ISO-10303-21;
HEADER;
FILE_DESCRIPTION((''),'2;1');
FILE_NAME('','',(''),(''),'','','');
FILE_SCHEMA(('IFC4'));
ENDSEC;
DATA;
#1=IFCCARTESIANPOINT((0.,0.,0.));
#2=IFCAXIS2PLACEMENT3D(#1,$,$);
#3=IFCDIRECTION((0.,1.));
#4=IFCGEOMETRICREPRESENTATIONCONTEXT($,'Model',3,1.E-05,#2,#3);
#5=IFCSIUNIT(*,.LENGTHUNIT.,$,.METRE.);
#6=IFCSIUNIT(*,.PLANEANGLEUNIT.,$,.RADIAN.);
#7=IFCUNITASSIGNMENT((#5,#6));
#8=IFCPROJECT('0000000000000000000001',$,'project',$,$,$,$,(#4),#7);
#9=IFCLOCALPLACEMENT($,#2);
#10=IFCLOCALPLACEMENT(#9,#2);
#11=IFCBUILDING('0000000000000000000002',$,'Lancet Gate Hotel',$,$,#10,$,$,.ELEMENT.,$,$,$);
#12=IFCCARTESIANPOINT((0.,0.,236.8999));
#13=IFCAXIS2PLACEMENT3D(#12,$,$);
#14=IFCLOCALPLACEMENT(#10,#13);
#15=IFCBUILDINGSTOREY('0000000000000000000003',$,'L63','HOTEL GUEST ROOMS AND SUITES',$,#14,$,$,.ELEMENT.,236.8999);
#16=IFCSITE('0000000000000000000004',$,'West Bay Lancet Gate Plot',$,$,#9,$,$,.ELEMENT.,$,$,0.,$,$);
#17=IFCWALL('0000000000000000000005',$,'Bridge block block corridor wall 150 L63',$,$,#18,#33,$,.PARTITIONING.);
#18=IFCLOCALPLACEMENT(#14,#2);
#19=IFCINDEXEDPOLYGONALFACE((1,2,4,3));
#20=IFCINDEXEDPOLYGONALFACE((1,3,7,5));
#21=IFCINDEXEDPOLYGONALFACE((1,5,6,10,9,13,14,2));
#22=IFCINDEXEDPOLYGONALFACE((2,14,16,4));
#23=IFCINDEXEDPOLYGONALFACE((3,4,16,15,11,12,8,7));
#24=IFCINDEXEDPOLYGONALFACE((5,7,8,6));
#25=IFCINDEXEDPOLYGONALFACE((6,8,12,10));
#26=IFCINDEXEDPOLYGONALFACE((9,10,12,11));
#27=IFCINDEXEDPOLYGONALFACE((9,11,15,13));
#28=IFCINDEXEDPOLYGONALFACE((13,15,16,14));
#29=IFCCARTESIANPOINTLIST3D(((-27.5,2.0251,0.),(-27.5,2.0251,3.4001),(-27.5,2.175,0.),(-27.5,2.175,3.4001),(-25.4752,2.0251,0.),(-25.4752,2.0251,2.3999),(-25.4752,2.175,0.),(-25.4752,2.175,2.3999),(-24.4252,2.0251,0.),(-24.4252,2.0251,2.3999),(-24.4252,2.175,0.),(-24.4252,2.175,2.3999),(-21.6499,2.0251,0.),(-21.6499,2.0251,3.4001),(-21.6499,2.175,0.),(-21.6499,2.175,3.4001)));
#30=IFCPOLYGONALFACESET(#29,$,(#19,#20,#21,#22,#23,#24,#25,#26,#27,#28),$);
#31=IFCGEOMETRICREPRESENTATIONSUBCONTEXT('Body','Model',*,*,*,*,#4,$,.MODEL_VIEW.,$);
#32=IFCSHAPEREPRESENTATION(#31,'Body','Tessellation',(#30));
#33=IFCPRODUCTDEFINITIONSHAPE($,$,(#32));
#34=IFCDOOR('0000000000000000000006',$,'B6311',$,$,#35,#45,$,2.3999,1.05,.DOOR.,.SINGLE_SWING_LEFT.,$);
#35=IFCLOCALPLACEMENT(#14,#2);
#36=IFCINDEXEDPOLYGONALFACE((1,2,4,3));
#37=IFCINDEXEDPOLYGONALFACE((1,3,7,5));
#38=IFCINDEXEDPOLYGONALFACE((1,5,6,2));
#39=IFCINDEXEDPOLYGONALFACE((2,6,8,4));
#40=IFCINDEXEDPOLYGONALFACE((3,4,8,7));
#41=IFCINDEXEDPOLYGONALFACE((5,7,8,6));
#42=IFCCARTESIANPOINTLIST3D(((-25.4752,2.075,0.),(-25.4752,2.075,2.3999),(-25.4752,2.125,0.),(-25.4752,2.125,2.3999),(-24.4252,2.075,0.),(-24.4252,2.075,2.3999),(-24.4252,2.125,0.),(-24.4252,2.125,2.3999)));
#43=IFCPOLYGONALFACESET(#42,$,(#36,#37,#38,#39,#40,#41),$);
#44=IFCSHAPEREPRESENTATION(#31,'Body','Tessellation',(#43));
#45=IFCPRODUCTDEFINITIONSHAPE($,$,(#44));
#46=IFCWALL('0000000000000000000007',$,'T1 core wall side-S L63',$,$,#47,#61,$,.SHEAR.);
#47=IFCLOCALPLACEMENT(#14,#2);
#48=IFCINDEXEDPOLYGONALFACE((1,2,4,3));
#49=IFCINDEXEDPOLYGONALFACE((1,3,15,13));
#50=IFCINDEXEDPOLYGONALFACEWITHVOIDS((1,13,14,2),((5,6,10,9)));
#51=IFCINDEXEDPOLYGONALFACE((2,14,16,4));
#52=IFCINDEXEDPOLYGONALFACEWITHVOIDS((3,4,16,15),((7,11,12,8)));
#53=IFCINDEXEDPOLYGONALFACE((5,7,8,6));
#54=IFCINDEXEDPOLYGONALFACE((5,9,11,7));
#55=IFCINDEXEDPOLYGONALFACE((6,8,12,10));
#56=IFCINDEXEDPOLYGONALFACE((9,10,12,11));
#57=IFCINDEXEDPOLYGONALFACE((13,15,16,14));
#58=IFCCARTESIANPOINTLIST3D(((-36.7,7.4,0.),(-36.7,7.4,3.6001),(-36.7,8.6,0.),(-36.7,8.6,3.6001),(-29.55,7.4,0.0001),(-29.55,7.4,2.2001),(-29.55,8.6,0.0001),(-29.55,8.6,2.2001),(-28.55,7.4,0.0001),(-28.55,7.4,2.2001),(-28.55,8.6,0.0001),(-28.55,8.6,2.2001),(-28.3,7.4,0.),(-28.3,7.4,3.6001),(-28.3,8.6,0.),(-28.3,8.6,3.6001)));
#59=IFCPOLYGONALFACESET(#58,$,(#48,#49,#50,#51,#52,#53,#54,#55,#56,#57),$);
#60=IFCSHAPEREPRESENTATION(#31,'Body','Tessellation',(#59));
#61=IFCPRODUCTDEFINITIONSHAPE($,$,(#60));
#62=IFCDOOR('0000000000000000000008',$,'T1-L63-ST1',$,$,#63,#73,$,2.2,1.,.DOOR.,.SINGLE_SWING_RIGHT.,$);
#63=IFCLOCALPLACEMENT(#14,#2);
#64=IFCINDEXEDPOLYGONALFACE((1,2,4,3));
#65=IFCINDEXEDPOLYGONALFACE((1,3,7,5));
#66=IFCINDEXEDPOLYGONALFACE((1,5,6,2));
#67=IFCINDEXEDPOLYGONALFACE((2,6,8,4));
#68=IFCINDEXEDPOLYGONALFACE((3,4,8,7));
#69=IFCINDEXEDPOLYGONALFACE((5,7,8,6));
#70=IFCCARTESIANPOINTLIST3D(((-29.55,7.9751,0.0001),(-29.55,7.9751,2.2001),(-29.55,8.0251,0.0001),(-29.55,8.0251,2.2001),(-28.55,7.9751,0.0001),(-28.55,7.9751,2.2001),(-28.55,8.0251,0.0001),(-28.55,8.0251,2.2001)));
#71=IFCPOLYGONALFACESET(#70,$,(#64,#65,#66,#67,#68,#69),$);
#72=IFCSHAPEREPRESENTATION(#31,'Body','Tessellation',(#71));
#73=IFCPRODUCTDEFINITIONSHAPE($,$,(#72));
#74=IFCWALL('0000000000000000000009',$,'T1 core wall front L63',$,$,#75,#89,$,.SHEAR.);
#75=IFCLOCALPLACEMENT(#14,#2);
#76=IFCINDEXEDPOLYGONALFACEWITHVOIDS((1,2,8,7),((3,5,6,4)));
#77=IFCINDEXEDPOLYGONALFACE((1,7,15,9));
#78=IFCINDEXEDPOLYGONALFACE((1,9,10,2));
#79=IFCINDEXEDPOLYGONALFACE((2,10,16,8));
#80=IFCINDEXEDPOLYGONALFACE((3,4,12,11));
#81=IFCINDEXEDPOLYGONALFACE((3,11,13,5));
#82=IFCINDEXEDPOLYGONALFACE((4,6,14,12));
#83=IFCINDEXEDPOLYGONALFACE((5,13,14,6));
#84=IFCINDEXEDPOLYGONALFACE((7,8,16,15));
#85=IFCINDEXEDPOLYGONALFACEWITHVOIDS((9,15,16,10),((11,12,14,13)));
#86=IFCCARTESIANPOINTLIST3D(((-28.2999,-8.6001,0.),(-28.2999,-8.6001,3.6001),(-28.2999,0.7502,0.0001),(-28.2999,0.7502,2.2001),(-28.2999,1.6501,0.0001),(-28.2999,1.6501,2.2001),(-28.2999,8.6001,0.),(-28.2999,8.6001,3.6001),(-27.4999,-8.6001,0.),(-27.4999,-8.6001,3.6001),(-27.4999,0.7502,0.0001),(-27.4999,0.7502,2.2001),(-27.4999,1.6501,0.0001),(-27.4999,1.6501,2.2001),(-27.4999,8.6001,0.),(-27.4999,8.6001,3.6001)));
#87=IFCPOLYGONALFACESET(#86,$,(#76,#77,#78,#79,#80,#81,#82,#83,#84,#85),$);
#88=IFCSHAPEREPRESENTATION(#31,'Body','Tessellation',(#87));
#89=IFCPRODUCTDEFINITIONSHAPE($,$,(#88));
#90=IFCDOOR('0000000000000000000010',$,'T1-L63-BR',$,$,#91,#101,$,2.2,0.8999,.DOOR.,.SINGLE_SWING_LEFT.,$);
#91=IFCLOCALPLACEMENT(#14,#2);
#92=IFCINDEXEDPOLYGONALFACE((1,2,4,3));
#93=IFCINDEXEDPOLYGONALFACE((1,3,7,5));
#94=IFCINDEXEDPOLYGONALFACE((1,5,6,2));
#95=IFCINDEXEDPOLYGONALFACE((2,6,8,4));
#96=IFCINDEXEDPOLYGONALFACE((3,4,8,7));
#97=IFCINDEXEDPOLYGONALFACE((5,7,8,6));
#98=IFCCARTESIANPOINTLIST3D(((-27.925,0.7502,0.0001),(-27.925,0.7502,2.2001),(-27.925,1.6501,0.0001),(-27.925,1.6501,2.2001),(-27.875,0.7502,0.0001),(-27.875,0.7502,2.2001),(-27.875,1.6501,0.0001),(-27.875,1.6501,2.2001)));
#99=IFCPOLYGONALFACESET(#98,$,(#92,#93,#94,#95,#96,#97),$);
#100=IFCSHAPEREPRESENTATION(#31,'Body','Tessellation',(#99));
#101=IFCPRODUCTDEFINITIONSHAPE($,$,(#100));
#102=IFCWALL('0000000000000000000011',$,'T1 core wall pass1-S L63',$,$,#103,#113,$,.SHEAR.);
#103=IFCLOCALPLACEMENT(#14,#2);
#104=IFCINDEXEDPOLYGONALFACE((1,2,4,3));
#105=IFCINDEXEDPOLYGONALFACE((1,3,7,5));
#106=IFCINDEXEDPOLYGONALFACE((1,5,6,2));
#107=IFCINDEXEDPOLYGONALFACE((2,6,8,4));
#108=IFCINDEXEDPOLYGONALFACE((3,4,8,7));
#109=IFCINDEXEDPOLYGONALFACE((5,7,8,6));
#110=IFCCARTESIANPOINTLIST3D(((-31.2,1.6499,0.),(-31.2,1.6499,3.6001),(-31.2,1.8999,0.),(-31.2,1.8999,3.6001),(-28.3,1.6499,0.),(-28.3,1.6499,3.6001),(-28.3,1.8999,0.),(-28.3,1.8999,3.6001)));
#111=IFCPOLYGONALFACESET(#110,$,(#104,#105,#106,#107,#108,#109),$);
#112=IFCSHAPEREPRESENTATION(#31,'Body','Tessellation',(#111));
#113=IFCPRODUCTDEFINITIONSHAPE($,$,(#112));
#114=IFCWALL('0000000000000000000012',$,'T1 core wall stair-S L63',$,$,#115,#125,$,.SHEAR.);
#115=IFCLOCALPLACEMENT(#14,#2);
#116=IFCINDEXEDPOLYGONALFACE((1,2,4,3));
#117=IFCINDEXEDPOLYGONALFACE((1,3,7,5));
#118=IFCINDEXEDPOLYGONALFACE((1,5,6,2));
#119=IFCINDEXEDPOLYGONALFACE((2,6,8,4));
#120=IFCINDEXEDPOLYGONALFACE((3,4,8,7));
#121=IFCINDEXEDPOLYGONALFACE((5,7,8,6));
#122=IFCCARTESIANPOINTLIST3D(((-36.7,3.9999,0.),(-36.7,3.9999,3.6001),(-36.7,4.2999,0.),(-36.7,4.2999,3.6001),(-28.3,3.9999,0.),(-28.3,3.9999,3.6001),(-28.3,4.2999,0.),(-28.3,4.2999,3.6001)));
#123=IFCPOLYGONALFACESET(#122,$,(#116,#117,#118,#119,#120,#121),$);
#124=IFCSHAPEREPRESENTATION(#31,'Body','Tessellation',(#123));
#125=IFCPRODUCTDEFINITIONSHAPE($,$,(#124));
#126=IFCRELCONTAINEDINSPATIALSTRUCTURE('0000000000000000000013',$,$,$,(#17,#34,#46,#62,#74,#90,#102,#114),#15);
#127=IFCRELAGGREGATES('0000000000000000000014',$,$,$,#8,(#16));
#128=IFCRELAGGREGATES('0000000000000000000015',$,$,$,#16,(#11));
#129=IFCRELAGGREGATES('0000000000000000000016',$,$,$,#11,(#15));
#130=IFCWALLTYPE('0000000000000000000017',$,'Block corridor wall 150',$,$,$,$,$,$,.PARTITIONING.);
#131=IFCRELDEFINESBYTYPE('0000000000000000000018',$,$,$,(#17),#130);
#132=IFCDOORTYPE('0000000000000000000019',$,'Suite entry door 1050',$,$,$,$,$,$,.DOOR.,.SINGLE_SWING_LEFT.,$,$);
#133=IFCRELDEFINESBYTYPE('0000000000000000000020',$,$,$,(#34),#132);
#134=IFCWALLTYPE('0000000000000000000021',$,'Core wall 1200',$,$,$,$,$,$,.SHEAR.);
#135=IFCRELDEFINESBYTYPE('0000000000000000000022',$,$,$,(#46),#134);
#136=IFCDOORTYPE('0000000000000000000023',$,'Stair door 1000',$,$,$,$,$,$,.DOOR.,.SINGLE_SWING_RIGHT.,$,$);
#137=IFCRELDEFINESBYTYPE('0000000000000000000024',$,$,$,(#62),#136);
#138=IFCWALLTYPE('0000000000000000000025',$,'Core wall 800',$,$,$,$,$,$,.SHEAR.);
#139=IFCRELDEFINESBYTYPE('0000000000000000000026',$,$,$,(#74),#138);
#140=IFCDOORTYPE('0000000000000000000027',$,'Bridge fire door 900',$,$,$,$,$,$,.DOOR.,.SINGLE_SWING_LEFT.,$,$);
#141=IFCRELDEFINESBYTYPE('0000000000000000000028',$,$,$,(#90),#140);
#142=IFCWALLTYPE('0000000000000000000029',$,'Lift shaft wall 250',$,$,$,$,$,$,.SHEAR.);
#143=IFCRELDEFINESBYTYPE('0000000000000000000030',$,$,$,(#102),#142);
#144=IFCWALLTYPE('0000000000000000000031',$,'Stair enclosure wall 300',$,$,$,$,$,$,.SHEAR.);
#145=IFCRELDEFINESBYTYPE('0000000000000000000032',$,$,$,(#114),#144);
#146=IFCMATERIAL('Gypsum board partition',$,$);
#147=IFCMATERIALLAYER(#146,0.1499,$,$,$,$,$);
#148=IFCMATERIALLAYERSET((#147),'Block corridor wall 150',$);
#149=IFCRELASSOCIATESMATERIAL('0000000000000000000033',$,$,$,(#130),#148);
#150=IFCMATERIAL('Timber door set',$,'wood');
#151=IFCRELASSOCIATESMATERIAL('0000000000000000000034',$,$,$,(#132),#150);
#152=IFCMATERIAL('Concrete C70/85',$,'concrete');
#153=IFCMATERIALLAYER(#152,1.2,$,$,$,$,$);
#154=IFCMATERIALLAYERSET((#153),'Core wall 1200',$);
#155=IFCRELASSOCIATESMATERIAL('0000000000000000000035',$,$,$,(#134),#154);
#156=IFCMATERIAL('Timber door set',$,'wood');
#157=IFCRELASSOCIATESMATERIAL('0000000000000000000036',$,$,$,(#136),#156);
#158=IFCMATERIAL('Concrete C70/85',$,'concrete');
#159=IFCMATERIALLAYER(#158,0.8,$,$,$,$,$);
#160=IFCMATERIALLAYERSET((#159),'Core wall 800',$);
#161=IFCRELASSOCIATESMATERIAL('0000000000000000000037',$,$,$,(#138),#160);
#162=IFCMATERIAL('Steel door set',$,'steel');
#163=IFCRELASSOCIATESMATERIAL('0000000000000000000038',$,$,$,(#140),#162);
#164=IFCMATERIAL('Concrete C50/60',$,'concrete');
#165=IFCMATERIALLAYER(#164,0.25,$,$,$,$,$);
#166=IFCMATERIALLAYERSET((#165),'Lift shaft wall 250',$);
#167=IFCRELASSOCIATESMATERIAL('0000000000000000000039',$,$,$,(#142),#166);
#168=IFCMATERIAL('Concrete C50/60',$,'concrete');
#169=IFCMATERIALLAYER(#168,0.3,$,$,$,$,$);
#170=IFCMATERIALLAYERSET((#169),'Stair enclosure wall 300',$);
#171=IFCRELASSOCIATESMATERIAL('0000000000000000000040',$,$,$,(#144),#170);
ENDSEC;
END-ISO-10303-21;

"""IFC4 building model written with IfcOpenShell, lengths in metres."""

from ifc_helpers import new_model, si_unit, direction, frame, frame_2d, origin, place, context, subcontext, project, spatial, rectangle, extrude, material, layer, layer_set, type_object, element, fill, save


model = new_model("IFC4")

# Units and contexts
model_context = context("Model", 3, precision=1e-05, world=origin(), true_north=direction((0.0, 1.0)))
body_context = subcontext(model_context, "Body", "Model", "MODEL_VIEW")
ifc_project = project(units=[si_unit("LENGTHUNIT", "METRE"), si_unit("PLANEANGLEUNIT", "RADIAN")], contexts=[model_context])

# Site, building, storey
site_placement = place(None, origin())
site = spatial("IfcSite", under=ifc_project, at=site_placement, Name="West Bay Lancet Gate Plot", CompositionType="ELEMENT", RefElevation=0.0)
building_placement = place(site_placement, origin())
building = spatial("IfcBuilding", under=site, at=building_placement, Name="Lancet Gate Hotel", CompositionType="ELEMENT")
storey_placement = place(building_placement, frame((0.0, 0.0, 236.8999)))
storey = spatial("IfcBuildingStorey", under=building, at=storey_placement, Name="L63", Description="HOTEL GUEST ROOMS AND SUITES", CompositionType="ELEMENT", Elevation=236.8999)

# Shared definitions
ifc_material_1 = material(Name="Gypsum board partition")
ifc_layer_1 = layer(ifc_material_1, 0.1499)
ifc_layer_set_1 = layer_set([ifc_layer_1], Name="Block corridor wall 150")
wall_type_1 = type_object("IfcWallType", Name="Block corridor wall 150", PredefinedType="PARTITIONING", material=ifc_layer_set_1)
ifc_material_2 = material(Name="Timber door set", Category="wood")
door_type_1 = type_object("IfcDoorType", Name="Suite entry door 1050", OperationType="SINGLE_SWING_LEFT", PredefinedType="DOOR", material=ifc_material_2)

# Walls, openings, doors
wall_1_placement = place(storey_placement, frame((-27.5, 2.1001, 0.0), z_axis=(0.0, 0.0, 1.0), x_axis=(1.0, 0.0, 0.0)))
wall_1 = element("IfcWall", 1, at=wall_1_placement, inside=storey, type_object=wall_type_1, Name="Bridge block block corridor wall 150 L63", PredefinedType="PARTITIONING", context=body_context, shape_type="SweptSolid", body=[
    extrude(rectangle(XDim=5.8501, YDim=0.1499, at=frame_2d((2.925, 0.0))), origin(), (0.0, 0.0, 1.0), 3.4001),
])
opening_1_placement = place(wall_1_placement, frame((2.0249, 0.0, 0.0)))
opening_1 = element("IfcOpeningElement", 2, at=opening_1_placement, cuts=wall_1, PredefinedType="OPENING", context=body_context, shape_type="SweptSolid", body=[
    extrude(rectangle(XDim=1.05, YDim=2.3999, at=frame_2d((0.5249, 1.2))), frame((0.0, 0.085, 0.0), z_axis=(0.0, -1.0, 0.0), x_axis=(1.0, 0.0, 0.0)), (0.0, 0.0, 1.0), 0.1699),
])
door_1_placement = place(opening_1_placement, origin())
door_1 = element("IfcDoor", 3, at=door_1_placement, inside=storey, type_object=door_type_1, Name="B6311", OperationType="SINGLE_SWING_LEFT", OverallHeight=2.3999, OverallWidth=1.05, PredefinedType="DOOR", context=body_context, shape_type="SweptSolid", body=[
    extrude(rectangle(XDim=1.05, YDim=2.3999, at=frame_2d((0.5249, 1.2))), frame((0.0, 0.0249, 0.0), z_axis=(0.0, -1.0, 0.0), x_axis=(1.0, 0.0, 0.0)), (0.0, 0.0, 1.0), 0.05),
])
fill(opening_1, door_1)
ifc_material_3 = material(Name="Concrete C70/85", Category="concrete")
ifc_layer_2 = layer(ifc_material_3, 1.2)
ifc_layer_set_2 = layer_set([ifc_layer_2], Name="Core wall 1200")
wall_type_2 = type_object("IfcWallType", Name="Core wall 1200", PredefinedType="SHEAR", material=ifc_layer_set_2)
wall_2_placement = place(storey_placement, frame((-28.3, 8.0, 0.0), z_axis=(0.0, 0.0, 1.0), x_axis=(-1.0, 0.0, 0.0)))
wall_2 = element("IfcWall", 4, at=wall_2_placement, inside=storey, type_object=wall_type_2, Name="T1 core wall side-S L63", PredefinedType="SHEAR", context=body_context, shape_type="SweptSolid", body=[
    extrude(rectangle(XDim=8.3999, YDim=1.2, at=frame_2d((4.2, 0.0))), origin(), (0.0, 0.0, 1.0), 3.6001),
])
opening_2_placement = place(wall_2_placement, frame((0.25, 0.0, 0.0)))
opening_2 = element("IfcOpeningElement", 5, at=opening_2_placement, cuts=wall_2, PredefinedType="OPENING", context=body_context, shape_type="SweptSolid", body=[
    extrude(rectangle(XDim=1.0, YDim=2.2, at=frame_2d((0.5, 1.1001))), frame((0.0, 0.6099, 0.0), z_axis=(0.0, -1.0, 0.0), x_axis=(1.0, 0.0, 0.0)), (0.0, 0.0, 1.0), 1.22),
])
ifc_material_4 = material(Name="Timber door set", Category="wood")
door_type_2 = type_object("IfcDoorType", Name="Stair door 1000", OperationType="SINGLE_SWING_RIGHT", PredefinedType="DOOR", material=ifc_material_4)
door_2_placement = place(opening_2_placement, origin())
door_2 = element("IfcDoor", 6, at=door_2_placement, inside=storey, type_object=door_type_2, Name="T1-L63-ST1", OperationType="SINGLE_SWING_RIGHT", OverallHeight=2.2, OverallWidth=1.0, PredefinedType="DOOR", context=body_context, shape_type="SweptSolid", body=[
    extrude(rectangle(XDim=1.0, YDim=2.2, at=frame_2d((0.5, 1.1001))), frame((0.0, 0.0249, 0.0), z_axis=(0.0, -1.0, 0.0), x_axis=(1.0, 0.0, 0.0)), (0.0, 0.0, 1.0), 0.05),
])
fill(opening_2, door_2)
ifc_material_5 = material(Name="Concrete C70/85", Category="concrete")
ifc_layer_3 = layer(ifc_material_5, 0.8)
ifc_layer_set_3 = layer_set([ifc_layer_3], Name="Core wall 800")
wall_type_3 = type_object("IfcWallType", Name="Core wall 800", PredefinedType="SHEAR", material=ifc_layer_set_3)
wall_3_placement = place(storey_placement, frame((-27.8999, 8.6001, 0.0), z_axis=(0.0, 0.0, 1.0), x_axis=(0.0, -1.0, 0.0)))
wall_3 = element("IfcWall", 7, at=wall_3_placement, inside=storey, type_object=wall_type_3, Name="T1 core wall front L63", PredefinedType="SHEAR", context=body_context, shape_type="SweptSolid", body=[
    extrude(rectangle(XDim=17.2002, YDim=0.8, at=frame_2d((8.6001, 0.0))), origin(), (0.0, 0.0, 1.0), 3.6001),
])
opening_3_placement = place(wall_3_placement, frame((6.95, 0.0, 0.0)))
opening_3 = element("IfcOpeningElement", 8, at=opening_3_placement, cuts=wall_3, PredefinedType="OPENING", context=body_context, shape_type="SweptSolid", body=[
    extrude(rectangle(XDim=0.8999, YDim=2.2, at=frame_2d((0.45, 1.1001))), frame((0.0, 0.4099, 0.0), z_axis=(0.0, -1.0, 0.0), x_axis=(1.0, 0.0, 0.0)), (0.0, 0.0, 1.0), 0.8201),
])
ifc_material_6 = material(Name="Steel door set", Category="steel")
door_type_3 = type_object("IfcDoorType", Name="Bridge fire door 900", OperationType="SINGLE_SWING_LEFT", PredefinedType="DOOR", material=ifc_material_6)
door_3_placement = place(opening_3_placement, origin())
door_3 = element("IfcDoor", 9, at=door_3_placement, inside=storey, type_object=door_type_3, Name="T1-L63-BR", OperationType="SINGLE_SWING_LEFT", OverallHeight=2.2, OverallWidth=0.8999, PredefinedType="DOOR", context=body_context, shape_type="SweptSolid", body=[
    extrude(rectangle(XDim=0.8999, YDim=2.2, at=frame_2d((0.45, 1.1001))), frame((0.0, 0.0249, 0.0), z_axis=(0.0, -1.0, 0.0), x_axis=(1.0, 0.0, 0.0)), (0.0, 0.0, 1.0), 0.05),
])
fill(opening_3, door_3)

# Walls
ifc_material_7 = material(Name="Concrete C50/60", Category="concrete")
ifc_layer_4 = layer(ifc_material_7, 0.25)
ifc_layer_set_4 = layer_set([ifc_layer_4], Name="Lift shaft wall 250")
wall_type_4 = type_object("IfcWallType", Name="Lift shaft wall 250", PredefinedType="SHEAR", material=ifc_layer_set_4)
wall_4_placement = place(storey_placement, frame((-28.3, 1.7749, 0.0), z_axis=(0.0, 0.0, 1.0), x_axis=(-1.0, 0.0, 0.0)))
element("IfcWall", 10, at=wall_4_placement, inside=storey, type_object=wall_type_4, Name="T1 core wall pass1-S L63", PredefinedType="SHEAR", context=body_context, shape_type="SweptSolid", body=[
    extrude(rectangle(XDim=2.8999, YDim=0.25, at=frame_2d((1.45, 0.0))), origin(), (0.0, 0.0, 1.0), 3.6001),
])
ifc_material_8 = material(Name="Concrete C50/60", Category="concrete")
ifc_layer_5 = layer(ifc_material_8, 0.3)
ifc_layer_set_5 = layer_set([ifc_layer_5], Name="Stair enclosure wall 300")
wall_type_5 = type_object("IfcWallType", Name="Stair enclosure wall 300", PredefinedType="SHEAR", material=ifc_layer_set_5)
wall_5_placement = place(storey_placement, frame((-28.3, 4.1499, 0.0), z_axis=(0.0, 0.0, 1.0), x_axis=(-1.0, 0.0, 0.0)))
element("IfcWall", 11, at=wall_5_placement, inside=storey, type_object=wall_type_5, Name="T1 core wall stair-S L63", PredefinedType="SHEAR", context=body_context, shape_type="SweptSolid", body=[
    extrude(rectangle(XDim=8.3999, YDim=0.3, at=frame_2d((4.2, 0.0))), origin(), (0.0, 0.0, 1.0), 3.6001),
])

save(model, "model.ifc")
